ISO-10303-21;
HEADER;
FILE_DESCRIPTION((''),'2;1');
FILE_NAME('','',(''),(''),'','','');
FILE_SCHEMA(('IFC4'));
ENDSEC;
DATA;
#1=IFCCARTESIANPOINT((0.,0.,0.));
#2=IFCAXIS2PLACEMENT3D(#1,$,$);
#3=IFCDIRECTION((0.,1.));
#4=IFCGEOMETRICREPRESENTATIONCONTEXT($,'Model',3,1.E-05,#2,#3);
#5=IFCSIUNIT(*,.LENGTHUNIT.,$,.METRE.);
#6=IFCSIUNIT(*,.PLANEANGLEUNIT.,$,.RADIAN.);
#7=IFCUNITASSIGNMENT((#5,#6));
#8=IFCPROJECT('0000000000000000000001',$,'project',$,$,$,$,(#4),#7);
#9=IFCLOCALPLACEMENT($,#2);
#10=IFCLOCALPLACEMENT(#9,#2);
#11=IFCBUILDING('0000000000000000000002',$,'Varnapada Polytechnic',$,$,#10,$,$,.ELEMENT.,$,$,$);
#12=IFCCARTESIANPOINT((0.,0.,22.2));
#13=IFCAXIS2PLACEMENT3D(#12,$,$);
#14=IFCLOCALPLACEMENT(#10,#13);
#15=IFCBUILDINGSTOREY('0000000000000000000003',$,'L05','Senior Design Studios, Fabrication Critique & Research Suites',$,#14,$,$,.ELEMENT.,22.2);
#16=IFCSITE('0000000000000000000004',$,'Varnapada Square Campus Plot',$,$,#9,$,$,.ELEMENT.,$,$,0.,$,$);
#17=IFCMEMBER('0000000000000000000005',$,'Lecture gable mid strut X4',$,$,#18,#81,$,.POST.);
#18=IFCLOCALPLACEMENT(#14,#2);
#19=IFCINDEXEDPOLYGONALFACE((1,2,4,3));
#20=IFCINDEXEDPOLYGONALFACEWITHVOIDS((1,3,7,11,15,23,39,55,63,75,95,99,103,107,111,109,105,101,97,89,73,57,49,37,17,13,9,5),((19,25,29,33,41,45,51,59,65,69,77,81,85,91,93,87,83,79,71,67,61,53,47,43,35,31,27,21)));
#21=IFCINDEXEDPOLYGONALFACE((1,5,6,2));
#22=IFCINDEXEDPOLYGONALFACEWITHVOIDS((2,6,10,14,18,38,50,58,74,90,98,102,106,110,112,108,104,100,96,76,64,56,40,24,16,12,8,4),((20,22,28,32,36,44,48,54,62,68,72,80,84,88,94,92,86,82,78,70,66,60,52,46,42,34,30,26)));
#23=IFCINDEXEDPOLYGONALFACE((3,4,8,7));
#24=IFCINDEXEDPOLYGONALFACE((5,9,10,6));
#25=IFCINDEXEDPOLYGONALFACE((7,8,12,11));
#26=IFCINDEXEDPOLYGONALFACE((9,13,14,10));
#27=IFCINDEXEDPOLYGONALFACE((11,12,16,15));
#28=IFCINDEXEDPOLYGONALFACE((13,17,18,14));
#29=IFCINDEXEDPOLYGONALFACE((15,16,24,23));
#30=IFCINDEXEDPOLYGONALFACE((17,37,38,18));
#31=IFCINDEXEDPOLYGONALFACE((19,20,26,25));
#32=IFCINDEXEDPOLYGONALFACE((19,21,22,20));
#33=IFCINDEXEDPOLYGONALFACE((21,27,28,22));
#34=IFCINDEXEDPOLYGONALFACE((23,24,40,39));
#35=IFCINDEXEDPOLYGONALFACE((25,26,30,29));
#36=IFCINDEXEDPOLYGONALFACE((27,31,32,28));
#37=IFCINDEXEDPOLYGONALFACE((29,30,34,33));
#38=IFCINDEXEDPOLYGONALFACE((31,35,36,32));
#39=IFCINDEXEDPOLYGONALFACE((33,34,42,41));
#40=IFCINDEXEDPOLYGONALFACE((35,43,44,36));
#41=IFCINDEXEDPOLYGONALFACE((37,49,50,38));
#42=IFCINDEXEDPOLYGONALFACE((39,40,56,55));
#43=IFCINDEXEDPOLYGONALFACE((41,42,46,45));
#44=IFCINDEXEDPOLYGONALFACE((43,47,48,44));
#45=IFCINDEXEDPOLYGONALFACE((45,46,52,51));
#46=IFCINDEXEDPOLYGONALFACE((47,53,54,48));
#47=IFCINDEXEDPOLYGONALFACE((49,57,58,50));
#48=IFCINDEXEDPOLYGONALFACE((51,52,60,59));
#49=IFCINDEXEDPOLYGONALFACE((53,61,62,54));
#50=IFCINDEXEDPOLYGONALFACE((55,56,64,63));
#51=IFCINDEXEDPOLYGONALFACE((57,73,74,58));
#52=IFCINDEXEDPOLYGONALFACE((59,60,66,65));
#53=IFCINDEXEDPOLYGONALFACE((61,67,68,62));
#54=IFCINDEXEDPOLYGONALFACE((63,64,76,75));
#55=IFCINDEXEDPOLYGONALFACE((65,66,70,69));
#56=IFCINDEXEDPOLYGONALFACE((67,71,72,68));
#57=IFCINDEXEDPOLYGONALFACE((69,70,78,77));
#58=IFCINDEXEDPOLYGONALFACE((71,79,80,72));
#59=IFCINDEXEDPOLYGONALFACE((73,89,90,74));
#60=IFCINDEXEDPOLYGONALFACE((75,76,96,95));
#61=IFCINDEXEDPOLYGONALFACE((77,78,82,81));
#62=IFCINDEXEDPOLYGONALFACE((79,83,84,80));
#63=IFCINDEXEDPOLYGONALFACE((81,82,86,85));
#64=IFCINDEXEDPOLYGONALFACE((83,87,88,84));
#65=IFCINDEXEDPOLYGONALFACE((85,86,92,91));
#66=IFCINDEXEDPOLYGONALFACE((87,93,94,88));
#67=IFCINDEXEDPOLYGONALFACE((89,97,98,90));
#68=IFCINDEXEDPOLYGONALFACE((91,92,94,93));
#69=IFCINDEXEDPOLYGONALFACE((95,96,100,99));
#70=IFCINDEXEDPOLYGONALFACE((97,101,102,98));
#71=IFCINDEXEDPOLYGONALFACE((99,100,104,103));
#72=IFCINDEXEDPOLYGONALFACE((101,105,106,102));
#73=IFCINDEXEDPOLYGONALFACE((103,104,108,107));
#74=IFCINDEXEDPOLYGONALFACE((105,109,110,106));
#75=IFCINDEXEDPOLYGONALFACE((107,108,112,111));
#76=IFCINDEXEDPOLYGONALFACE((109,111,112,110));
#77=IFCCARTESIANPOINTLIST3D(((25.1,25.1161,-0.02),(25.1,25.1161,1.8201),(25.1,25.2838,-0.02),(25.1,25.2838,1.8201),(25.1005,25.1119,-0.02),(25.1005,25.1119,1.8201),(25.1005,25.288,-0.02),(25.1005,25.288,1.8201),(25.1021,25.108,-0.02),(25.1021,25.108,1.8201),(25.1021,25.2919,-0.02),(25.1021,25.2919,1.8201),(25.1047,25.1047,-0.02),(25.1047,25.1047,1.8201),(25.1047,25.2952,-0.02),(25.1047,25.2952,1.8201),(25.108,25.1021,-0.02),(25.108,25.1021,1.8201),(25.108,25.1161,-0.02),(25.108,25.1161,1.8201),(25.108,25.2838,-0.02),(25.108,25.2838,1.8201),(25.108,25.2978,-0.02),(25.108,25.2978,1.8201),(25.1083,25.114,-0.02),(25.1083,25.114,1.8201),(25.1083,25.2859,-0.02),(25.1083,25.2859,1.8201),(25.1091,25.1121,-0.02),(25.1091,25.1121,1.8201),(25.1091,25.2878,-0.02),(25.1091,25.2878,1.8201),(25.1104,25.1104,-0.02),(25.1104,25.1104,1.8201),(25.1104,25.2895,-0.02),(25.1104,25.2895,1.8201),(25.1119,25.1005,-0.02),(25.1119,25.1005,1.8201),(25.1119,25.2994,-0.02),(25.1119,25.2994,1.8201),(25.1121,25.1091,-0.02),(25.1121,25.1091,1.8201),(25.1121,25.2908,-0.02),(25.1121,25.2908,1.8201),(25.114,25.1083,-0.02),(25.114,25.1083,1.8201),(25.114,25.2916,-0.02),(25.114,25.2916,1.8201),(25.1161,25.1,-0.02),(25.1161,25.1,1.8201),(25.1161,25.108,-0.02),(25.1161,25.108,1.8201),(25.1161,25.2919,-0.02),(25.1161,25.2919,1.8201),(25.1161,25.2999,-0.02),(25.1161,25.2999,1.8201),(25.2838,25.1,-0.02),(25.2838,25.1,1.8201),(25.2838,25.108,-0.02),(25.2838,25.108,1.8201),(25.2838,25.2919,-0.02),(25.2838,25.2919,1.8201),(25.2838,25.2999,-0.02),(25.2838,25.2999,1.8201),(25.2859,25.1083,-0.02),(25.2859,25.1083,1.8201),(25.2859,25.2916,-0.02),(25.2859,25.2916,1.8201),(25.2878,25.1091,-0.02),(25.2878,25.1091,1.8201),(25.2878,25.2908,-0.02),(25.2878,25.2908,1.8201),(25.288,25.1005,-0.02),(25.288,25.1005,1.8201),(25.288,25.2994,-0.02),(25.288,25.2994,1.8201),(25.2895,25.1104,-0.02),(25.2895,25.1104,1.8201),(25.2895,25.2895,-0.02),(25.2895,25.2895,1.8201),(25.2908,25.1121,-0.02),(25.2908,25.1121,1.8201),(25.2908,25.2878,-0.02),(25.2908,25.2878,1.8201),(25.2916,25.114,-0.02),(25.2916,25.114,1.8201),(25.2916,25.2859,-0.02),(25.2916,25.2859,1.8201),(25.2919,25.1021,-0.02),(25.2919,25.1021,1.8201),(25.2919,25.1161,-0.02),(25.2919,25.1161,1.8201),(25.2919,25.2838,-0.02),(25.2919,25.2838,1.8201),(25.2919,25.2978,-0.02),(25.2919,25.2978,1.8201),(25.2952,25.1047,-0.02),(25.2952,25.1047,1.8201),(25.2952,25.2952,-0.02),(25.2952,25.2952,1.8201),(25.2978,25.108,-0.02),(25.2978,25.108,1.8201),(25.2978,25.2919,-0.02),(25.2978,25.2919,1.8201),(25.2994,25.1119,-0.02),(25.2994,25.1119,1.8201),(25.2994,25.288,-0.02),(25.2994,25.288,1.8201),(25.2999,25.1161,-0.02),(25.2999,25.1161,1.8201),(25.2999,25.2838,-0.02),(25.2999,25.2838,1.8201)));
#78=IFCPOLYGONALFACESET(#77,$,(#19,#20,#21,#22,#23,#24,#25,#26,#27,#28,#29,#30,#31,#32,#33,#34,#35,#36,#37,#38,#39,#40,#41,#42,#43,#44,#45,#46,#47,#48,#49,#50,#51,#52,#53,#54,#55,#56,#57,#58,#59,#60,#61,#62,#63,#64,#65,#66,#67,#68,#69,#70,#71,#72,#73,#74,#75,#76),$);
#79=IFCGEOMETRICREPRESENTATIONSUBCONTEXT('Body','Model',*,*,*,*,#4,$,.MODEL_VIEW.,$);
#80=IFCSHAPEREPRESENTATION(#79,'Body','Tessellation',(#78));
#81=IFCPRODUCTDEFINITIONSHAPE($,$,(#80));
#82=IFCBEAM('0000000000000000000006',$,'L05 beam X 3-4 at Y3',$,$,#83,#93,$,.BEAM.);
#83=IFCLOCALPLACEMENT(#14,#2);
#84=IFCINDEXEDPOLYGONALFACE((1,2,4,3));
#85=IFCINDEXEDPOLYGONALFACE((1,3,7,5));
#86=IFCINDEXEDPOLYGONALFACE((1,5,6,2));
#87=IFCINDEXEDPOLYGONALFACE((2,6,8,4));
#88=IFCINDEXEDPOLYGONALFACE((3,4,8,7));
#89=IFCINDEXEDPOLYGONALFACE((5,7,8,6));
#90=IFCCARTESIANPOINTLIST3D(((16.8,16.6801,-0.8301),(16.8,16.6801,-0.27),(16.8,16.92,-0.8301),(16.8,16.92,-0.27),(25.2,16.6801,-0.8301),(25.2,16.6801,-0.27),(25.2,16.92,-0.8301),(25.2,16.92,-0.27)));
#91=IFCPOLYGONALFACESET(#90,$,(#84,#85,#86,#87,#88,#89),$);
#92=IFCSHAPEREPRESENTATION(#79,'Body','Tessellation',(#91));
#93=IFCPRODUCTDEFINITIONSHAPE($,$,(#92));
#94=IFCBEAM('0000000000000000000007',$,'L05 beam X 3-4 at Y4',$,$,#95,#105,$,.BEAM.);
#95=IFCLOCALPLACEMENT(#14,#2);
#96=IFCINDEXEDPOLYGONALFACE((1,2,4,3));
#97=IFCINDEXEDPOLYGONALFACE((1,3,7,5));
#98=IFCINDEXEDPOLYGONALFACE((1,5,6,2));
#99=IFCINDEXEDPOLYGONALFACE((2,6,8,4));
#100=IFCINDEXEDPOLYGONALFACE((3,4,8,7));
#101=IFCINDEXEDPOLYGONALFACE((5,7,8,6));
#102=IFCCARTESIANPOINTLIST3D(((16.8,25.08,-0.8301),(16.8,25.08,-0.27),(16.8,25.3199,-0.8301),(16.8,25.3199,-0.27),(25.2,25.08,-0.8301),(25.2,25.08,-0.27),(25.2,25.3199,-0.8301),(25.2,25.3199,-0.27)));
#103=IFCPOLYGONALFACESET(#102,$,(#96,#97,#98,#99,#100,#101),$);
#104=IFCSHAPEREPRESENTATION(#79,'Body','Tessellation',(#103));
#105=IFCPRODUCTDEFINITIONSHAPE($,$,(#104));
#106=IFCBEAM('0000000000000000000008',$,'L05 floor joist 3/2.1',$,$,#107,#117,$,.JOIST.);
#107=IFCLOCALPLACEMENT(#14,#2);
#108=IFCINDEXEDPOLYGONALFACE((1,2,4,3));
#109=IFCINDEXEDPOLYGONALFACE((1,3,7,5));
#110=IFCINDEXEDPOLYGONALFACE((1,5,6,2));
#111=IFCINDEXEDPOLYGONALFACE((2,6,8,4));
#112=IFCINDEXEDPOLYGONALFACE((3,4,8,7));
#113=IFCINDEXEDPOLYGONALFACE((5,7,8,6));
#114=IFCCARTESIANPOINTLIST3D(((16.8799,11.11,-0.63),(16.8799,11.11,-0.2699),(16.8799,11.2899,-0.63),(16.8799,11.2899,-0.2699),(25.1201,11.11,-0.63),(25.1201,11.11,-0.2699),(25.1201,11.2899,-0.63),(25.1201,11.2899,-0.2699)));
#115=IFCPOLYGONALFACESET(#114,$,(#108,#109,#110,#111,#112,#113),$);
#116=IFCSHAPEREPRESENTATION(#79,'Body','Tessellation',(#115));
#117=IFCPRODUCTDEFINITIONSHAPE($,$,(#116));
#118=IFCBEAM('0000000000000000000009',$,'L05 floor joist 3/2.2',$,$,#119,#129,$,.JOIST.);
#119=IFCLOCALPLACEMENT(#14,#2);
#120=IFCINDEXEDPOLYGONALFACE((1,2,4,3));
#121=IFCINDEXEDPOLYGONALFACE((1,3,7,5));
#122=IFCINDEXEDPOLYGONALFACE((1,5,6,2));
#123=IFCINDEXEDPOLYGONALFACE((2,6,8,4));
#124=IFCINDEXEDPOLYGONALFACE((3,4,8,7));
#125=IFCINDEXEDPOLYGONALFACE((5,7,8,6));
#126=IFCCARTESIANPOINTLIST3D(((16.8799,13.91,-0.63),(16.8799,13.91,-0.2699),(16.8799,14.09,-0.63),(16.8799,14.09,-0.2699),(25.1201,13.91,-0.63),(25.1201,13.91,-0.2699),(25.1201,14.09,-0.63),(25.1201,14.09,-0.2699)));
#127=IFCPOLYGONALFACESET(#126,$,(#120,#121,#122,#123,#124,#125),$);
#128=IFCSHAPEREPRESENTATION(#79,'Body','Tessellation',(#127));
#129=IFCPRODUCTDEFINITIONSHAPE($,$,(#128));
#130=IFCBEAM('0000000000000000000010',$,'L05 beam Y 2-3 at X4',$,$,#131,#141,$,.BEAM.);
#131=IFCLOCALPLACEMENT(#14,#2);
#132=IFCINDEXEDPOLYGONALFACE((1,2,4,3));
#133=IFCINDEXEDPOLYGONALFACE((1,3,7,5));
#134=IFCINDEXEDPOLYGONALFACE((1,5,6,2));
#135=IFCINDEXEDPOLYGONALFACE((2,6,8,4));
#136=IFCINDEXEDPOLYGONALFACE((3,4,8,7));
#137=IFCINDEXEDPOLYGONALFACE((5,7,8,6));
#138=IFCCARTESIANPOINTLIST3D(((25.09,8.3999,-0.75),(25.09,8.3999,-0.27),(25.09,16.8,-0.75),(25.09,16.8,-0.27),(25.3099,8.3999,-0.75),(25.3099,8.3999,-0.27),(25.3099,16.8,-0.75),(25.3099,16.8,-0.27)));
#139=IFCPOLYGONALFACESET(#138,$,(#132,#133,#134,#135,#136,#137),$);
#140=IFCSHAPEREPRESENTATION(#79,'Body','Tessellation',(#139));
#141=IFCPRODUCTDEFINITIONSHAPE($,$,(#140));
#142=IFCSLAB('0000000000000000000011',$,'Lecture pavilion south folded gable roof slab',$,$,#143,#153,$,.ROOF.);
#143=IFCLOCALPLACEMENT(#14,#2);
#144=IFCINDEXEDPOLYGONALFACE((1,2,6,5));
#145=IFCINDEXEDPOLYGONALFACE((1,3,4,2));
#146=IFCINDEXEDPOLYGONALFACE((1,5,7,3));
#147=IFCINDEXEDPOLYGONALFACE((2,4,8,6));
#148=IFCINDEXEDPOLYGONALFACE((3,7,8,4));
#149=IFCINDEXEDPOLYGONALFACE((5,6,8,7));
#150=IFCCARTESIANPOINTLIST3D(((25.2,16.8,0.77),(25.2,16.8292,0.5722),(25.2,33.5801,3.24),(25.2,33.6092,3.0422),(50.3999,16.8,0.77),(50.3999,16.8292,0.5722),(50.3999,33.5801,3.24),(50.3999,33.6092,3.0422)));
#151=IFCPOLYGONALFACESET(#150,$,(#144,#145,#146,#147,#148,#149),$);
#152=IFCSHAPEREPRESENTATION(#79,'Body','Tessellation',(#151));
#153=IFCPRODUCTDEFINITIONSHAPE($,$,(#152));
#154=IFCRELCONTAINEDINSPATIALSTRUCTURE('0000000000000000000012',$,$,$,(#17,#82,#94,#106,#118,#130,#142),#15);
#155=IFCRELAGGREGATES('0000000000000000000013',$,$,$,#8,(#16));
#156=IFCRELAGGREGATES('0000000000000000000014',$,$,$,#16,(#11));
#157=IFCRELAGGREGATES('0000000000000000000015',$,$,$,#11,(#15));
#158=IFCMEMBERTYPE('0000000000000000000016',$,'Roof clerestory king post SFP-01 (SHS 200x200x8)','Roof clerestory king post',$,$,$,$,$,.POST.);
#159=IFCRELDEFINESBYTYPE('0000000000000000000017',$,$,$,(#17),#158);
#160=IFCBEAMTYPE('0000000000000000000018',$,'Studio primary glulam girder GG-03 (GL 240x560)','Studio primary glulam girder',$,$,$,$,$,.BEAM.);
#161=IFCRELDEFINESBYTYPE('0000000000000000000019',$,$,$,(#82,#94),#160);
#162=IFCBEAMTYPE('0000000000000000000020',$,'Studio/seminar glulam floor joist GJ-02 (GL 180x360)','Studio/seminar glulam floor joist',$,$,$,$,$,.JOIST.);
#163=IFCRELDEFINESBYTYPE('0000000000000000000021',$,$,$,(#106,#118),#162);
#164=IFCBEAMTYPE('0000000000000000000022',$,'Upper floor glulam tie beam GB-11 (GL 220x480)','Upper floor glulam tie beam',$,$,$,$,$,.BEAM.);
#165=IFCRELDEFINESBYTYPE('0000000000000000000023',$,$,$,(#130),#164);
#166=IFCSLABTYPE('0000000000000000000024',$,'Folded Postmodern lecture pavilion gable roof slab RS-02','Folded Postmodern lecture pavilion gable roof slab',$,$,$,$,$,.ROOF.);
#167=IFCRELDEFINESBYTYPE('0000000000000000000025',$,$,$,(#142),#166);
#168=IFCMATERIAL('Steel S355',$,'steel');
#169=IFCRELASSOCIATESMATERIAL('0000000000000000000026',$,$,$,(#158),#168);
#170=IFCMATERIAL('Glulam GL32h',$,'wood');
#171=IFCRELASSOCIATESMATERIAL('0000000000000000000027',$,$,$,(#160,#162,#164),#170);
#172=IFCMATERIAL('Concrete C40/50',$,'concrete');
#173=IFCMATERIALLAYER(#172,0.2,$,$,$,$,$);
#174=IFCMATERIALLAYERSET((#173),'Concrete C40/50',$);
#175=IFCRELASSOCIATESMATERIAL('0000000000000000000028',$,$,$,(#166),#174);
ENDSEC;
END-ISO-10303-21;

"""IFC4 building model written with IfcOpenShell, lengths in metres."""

from ifc_helpers import new_model, si_unit, direction, frame, origin, origin_2d, place, context, subcontext, project, spatial, polyline, rectangle, hollow_rectangle, outline, extrude, material, layer, layer_set, material_profile, profile_set, type_object, element, save


model = new_model("IFC4")

# Units and contexts
model_context = context("Model", 3, precision=1e-05, world=origin(), true_north=direction((0.0, 1.0)))
body_context = subcontext(model_context, "Body", "Model", "MODEL_VIEW")
ifc_project = project(units=[si_unit("LENGTHUNIT", "METRE"), si_unit("PLANEANGLEUNIT", "RADIAN")], contexts=[model_context])

# Site, building, storey
site_placement = place(None, origin())
site = spatial("IfcSite", under=ifc_project, at=site_placement, Name="Varnapada Square Campus Plot", CompositionType="ELEMENT", RefElevation=0.0)
building_placement = place(site_placement, origin())
building = spatial("IfcBuilding", under=site, at=building_placement, Name="Varnapada Polytechnic", CompositionType="ELEMENT")
storey_placement = place(building_placement, frame((0.0, 0.0, 22.2)))
storey = spatial("IfcBuildingStorey", under=building, at=storey_placement, Name="L05", Description="Senior Design Studios, Fabrication Critique & Research Suites", CompositionType="ELEMENT", Elevation=22.2)

# Shared definitions
ifc_material_1 = material(Name="Steel S355", Category="steel")
ifc_material_2 = material(Name="Glulam GL32h", Category="wood")

# Member
ifc_material_profile_1 = material_profile(ifc_material_1, hollow_rectangle(XDim=0.2, YDim=0.2, WallThickness=0.0081, InnerFilletRadius=0.0081, OuterFilletRadius=0.0161, at=origin_2d()), Name="SHS 200x200x8")
ifc_profile_set_1 = profile_set([ifc_material_profile_1], Name="Steel S355")
member_type = type_object("IfcMemberType", Name="Roof clerestory king post SFP-01 (SHS 200x200x8)", Description="Roof clerestory king post", PredefinedType="POST", material=ifc_profile_set_1)
member_placement = place(storey_placement, frame((25.2, 25.2, -0.02), z_axis=(0.0, 0.0, 1.0), x_axis=(1.0, 0.0, 0.0)))
element("IfcMember", 1, at=member_placement, inside=storey, type_object=member_type, Name="Lecture gable mid strut X4", PredefinedType="POST", context=body_context, shape_type="SweptSolid", body=[
    extrude(hollow_rectangle(XDim=0.2, YDim=0.2, WallThickness=0.0081, InnerFilletRadius=0.0081, OuterFilletRadius=0.0161, at=origin_2d()), origin(), (0.0, 0.0, 1.0), 1.8401),
])

# Beams
ifc_material_profile_2 = material_profile(ifc_material_2, rectangle(XDim=0.24, YDim=0.5601, at=origin_2d()), Name="GL 240x560")
ifc_profile_set_2 = profile_set([ifc_material_profile_2], Name="Glulam GL32h")
beam_type_1 = type_object("IfcBeamType", Name="Studio primary glulam girder GG-03 (GL 240x560)", Description="Studio primary glulam girder", PredefinedType="BEAM", material=ifc_profile_set_2)
for number, where, z_axis, x_axis, name in (
    (2, (16.8, 16.8, -0.55), (1.0, 0.0, 0.0), (0.0, 1.0, 0.0), "L05 beam X 3-4 at Y3"),
    (3, (16.8, 25.2, -0.55), (1.0, 0.0, 0.0), (0.0, 1.0, 0.0), "L05 beam X 3-4 at Y4"),
):
    element("IfcBeam", number, at=place(storey_placement, frame(where, z_axis=z_axis, x_axis=x_axis)), inside=storey, type_object=beam_type_1, Name=name, PredefinedType="BEAM", context=body_context, shape_type="SweptSolid", body=[
        extrude(rectangle(XDim=0.24, YDim=0.5601, at=origin_2d()), origin(), (0.0, 0.0, 1.0), 8.3999),
    ])
ifc_material_profile_3 = material_profile(ifc_material_2, rectangle(XDim=0.1799, YDim=0.3601, at=origin_2d()), Name="GL 180x360")
ifc_profile_set_3 = profile_set([ifc_material_profile_3], Name="Glulam GL32h")
beam_type_2 = type_object("IfcBeamType", Name="Studio/seminar glulam floor joist GJ-02 (GL 180x360)", Description="Studio/seminar glulam floor joist", PredefinedType="JOIST", material=ifc_profile_set_3)
for number, where, z_axis, x_axis, name in (
    (4, (16.8799, 11.2, -0.45), (1.0, 0.0, 0.0), (0.0, 1.0, 0.0), "L05 floor joist 3/2.1"),
    (5, (16.8799, 14.0, -0.45), (1.0, 0.0, 0.0), (0.0, 1.0, 0.0), "L05 floor joist 3/2.2"),
):
    element("IfcBeam", number, at=place(storey_placement, frame(where, z_axis=z_axis, x_axis=x_axis)), inside=storey, type_object=beam_type_2, Name=name, PredefinedType="JOIST", context=body_context, shape_type="SweptSolid", body=[
        extrude(rectangle(XDim=0.1799, YDim=0.3601, at=origin_2d()), origin(), (0.0, 0.0, 1.0), 8.2402),
    ])
ifc_material_profile_4 = material_profile(ifc_material_2, rectangle(XDim=0.22, YDim=0.48, at=origin_2d()), Name="GL 220x480")
ifc_profile_set_4 = profile_set([ifc_material_profile_4], Name="Glulam GL32h")
beam_type_3 = type_object("IfcBeamType", Name="Upper floor glulam tie beam GB-11 (GL 220x480)", Description="Upper floor glulam tie beam", PredefinedType="BEAM", material=ifc_profile_set_4)
beam_1_placement = place(storey_placement, frame((25.2, 8.3999, -0.51), z_axis=(0.0, 1.0, 0.0), x_axis=(-1.0, 0.0, 0.0)))
element("IfcBeam", 6, at=beam_1_placement, inside=storey, type_object=beam_type_3, Name="L05 beam Y 2-3 at X4", PredefinedType="BEAM", context=body_context, shape_type="SweptSolid", body=[
    extrude(rectangle(XDim=0.22, YDim=0.48, at=origin_2d()), origin(), (0.0, 0.0, 1.0), 8.4001),
])

# Slab
ifc_material_3 = material(Name="Concrete C40/50", Category="concrete")
ifc_layer = layer(ifc_material_3, 0.2)
ifc_layer_set = layer_set([ifc_layer], Name="Concrete C40/50")
slab_type = type_object("IfcSlabType", Name="Folded Postmodern lecture pavilion gable roof slab RS-02", Description="Folded Postmodern lecture pavilion gable roof slab", PredefinedType="ROOF", material=ifc_layer_set)
slab_placement = place(storey_placement, frame((25.2, 16.8, 0.77), z_axis=(0.0, -0.145628, 0.989339), x_axis=(1.0, 0.0, 0.0)))
element("IfcSlab", 7, at=slab_placement, inside=storey, type_object=slab_type, Name="Lecture pavilion south folded gable roof slab", PredefinedType="ROOF", context=body_context, shape_type="SweptSolid", body=[
    extrude(outline(polyline([(0.0, 0.0), (25.2, 0.0), (25.2, 16.9608), (0.0, 16.9608), (0.0, 0.0)])), origin(), (0.0, 0.0, -1.0), 0.2),
])

save(model, "model.ifc")
